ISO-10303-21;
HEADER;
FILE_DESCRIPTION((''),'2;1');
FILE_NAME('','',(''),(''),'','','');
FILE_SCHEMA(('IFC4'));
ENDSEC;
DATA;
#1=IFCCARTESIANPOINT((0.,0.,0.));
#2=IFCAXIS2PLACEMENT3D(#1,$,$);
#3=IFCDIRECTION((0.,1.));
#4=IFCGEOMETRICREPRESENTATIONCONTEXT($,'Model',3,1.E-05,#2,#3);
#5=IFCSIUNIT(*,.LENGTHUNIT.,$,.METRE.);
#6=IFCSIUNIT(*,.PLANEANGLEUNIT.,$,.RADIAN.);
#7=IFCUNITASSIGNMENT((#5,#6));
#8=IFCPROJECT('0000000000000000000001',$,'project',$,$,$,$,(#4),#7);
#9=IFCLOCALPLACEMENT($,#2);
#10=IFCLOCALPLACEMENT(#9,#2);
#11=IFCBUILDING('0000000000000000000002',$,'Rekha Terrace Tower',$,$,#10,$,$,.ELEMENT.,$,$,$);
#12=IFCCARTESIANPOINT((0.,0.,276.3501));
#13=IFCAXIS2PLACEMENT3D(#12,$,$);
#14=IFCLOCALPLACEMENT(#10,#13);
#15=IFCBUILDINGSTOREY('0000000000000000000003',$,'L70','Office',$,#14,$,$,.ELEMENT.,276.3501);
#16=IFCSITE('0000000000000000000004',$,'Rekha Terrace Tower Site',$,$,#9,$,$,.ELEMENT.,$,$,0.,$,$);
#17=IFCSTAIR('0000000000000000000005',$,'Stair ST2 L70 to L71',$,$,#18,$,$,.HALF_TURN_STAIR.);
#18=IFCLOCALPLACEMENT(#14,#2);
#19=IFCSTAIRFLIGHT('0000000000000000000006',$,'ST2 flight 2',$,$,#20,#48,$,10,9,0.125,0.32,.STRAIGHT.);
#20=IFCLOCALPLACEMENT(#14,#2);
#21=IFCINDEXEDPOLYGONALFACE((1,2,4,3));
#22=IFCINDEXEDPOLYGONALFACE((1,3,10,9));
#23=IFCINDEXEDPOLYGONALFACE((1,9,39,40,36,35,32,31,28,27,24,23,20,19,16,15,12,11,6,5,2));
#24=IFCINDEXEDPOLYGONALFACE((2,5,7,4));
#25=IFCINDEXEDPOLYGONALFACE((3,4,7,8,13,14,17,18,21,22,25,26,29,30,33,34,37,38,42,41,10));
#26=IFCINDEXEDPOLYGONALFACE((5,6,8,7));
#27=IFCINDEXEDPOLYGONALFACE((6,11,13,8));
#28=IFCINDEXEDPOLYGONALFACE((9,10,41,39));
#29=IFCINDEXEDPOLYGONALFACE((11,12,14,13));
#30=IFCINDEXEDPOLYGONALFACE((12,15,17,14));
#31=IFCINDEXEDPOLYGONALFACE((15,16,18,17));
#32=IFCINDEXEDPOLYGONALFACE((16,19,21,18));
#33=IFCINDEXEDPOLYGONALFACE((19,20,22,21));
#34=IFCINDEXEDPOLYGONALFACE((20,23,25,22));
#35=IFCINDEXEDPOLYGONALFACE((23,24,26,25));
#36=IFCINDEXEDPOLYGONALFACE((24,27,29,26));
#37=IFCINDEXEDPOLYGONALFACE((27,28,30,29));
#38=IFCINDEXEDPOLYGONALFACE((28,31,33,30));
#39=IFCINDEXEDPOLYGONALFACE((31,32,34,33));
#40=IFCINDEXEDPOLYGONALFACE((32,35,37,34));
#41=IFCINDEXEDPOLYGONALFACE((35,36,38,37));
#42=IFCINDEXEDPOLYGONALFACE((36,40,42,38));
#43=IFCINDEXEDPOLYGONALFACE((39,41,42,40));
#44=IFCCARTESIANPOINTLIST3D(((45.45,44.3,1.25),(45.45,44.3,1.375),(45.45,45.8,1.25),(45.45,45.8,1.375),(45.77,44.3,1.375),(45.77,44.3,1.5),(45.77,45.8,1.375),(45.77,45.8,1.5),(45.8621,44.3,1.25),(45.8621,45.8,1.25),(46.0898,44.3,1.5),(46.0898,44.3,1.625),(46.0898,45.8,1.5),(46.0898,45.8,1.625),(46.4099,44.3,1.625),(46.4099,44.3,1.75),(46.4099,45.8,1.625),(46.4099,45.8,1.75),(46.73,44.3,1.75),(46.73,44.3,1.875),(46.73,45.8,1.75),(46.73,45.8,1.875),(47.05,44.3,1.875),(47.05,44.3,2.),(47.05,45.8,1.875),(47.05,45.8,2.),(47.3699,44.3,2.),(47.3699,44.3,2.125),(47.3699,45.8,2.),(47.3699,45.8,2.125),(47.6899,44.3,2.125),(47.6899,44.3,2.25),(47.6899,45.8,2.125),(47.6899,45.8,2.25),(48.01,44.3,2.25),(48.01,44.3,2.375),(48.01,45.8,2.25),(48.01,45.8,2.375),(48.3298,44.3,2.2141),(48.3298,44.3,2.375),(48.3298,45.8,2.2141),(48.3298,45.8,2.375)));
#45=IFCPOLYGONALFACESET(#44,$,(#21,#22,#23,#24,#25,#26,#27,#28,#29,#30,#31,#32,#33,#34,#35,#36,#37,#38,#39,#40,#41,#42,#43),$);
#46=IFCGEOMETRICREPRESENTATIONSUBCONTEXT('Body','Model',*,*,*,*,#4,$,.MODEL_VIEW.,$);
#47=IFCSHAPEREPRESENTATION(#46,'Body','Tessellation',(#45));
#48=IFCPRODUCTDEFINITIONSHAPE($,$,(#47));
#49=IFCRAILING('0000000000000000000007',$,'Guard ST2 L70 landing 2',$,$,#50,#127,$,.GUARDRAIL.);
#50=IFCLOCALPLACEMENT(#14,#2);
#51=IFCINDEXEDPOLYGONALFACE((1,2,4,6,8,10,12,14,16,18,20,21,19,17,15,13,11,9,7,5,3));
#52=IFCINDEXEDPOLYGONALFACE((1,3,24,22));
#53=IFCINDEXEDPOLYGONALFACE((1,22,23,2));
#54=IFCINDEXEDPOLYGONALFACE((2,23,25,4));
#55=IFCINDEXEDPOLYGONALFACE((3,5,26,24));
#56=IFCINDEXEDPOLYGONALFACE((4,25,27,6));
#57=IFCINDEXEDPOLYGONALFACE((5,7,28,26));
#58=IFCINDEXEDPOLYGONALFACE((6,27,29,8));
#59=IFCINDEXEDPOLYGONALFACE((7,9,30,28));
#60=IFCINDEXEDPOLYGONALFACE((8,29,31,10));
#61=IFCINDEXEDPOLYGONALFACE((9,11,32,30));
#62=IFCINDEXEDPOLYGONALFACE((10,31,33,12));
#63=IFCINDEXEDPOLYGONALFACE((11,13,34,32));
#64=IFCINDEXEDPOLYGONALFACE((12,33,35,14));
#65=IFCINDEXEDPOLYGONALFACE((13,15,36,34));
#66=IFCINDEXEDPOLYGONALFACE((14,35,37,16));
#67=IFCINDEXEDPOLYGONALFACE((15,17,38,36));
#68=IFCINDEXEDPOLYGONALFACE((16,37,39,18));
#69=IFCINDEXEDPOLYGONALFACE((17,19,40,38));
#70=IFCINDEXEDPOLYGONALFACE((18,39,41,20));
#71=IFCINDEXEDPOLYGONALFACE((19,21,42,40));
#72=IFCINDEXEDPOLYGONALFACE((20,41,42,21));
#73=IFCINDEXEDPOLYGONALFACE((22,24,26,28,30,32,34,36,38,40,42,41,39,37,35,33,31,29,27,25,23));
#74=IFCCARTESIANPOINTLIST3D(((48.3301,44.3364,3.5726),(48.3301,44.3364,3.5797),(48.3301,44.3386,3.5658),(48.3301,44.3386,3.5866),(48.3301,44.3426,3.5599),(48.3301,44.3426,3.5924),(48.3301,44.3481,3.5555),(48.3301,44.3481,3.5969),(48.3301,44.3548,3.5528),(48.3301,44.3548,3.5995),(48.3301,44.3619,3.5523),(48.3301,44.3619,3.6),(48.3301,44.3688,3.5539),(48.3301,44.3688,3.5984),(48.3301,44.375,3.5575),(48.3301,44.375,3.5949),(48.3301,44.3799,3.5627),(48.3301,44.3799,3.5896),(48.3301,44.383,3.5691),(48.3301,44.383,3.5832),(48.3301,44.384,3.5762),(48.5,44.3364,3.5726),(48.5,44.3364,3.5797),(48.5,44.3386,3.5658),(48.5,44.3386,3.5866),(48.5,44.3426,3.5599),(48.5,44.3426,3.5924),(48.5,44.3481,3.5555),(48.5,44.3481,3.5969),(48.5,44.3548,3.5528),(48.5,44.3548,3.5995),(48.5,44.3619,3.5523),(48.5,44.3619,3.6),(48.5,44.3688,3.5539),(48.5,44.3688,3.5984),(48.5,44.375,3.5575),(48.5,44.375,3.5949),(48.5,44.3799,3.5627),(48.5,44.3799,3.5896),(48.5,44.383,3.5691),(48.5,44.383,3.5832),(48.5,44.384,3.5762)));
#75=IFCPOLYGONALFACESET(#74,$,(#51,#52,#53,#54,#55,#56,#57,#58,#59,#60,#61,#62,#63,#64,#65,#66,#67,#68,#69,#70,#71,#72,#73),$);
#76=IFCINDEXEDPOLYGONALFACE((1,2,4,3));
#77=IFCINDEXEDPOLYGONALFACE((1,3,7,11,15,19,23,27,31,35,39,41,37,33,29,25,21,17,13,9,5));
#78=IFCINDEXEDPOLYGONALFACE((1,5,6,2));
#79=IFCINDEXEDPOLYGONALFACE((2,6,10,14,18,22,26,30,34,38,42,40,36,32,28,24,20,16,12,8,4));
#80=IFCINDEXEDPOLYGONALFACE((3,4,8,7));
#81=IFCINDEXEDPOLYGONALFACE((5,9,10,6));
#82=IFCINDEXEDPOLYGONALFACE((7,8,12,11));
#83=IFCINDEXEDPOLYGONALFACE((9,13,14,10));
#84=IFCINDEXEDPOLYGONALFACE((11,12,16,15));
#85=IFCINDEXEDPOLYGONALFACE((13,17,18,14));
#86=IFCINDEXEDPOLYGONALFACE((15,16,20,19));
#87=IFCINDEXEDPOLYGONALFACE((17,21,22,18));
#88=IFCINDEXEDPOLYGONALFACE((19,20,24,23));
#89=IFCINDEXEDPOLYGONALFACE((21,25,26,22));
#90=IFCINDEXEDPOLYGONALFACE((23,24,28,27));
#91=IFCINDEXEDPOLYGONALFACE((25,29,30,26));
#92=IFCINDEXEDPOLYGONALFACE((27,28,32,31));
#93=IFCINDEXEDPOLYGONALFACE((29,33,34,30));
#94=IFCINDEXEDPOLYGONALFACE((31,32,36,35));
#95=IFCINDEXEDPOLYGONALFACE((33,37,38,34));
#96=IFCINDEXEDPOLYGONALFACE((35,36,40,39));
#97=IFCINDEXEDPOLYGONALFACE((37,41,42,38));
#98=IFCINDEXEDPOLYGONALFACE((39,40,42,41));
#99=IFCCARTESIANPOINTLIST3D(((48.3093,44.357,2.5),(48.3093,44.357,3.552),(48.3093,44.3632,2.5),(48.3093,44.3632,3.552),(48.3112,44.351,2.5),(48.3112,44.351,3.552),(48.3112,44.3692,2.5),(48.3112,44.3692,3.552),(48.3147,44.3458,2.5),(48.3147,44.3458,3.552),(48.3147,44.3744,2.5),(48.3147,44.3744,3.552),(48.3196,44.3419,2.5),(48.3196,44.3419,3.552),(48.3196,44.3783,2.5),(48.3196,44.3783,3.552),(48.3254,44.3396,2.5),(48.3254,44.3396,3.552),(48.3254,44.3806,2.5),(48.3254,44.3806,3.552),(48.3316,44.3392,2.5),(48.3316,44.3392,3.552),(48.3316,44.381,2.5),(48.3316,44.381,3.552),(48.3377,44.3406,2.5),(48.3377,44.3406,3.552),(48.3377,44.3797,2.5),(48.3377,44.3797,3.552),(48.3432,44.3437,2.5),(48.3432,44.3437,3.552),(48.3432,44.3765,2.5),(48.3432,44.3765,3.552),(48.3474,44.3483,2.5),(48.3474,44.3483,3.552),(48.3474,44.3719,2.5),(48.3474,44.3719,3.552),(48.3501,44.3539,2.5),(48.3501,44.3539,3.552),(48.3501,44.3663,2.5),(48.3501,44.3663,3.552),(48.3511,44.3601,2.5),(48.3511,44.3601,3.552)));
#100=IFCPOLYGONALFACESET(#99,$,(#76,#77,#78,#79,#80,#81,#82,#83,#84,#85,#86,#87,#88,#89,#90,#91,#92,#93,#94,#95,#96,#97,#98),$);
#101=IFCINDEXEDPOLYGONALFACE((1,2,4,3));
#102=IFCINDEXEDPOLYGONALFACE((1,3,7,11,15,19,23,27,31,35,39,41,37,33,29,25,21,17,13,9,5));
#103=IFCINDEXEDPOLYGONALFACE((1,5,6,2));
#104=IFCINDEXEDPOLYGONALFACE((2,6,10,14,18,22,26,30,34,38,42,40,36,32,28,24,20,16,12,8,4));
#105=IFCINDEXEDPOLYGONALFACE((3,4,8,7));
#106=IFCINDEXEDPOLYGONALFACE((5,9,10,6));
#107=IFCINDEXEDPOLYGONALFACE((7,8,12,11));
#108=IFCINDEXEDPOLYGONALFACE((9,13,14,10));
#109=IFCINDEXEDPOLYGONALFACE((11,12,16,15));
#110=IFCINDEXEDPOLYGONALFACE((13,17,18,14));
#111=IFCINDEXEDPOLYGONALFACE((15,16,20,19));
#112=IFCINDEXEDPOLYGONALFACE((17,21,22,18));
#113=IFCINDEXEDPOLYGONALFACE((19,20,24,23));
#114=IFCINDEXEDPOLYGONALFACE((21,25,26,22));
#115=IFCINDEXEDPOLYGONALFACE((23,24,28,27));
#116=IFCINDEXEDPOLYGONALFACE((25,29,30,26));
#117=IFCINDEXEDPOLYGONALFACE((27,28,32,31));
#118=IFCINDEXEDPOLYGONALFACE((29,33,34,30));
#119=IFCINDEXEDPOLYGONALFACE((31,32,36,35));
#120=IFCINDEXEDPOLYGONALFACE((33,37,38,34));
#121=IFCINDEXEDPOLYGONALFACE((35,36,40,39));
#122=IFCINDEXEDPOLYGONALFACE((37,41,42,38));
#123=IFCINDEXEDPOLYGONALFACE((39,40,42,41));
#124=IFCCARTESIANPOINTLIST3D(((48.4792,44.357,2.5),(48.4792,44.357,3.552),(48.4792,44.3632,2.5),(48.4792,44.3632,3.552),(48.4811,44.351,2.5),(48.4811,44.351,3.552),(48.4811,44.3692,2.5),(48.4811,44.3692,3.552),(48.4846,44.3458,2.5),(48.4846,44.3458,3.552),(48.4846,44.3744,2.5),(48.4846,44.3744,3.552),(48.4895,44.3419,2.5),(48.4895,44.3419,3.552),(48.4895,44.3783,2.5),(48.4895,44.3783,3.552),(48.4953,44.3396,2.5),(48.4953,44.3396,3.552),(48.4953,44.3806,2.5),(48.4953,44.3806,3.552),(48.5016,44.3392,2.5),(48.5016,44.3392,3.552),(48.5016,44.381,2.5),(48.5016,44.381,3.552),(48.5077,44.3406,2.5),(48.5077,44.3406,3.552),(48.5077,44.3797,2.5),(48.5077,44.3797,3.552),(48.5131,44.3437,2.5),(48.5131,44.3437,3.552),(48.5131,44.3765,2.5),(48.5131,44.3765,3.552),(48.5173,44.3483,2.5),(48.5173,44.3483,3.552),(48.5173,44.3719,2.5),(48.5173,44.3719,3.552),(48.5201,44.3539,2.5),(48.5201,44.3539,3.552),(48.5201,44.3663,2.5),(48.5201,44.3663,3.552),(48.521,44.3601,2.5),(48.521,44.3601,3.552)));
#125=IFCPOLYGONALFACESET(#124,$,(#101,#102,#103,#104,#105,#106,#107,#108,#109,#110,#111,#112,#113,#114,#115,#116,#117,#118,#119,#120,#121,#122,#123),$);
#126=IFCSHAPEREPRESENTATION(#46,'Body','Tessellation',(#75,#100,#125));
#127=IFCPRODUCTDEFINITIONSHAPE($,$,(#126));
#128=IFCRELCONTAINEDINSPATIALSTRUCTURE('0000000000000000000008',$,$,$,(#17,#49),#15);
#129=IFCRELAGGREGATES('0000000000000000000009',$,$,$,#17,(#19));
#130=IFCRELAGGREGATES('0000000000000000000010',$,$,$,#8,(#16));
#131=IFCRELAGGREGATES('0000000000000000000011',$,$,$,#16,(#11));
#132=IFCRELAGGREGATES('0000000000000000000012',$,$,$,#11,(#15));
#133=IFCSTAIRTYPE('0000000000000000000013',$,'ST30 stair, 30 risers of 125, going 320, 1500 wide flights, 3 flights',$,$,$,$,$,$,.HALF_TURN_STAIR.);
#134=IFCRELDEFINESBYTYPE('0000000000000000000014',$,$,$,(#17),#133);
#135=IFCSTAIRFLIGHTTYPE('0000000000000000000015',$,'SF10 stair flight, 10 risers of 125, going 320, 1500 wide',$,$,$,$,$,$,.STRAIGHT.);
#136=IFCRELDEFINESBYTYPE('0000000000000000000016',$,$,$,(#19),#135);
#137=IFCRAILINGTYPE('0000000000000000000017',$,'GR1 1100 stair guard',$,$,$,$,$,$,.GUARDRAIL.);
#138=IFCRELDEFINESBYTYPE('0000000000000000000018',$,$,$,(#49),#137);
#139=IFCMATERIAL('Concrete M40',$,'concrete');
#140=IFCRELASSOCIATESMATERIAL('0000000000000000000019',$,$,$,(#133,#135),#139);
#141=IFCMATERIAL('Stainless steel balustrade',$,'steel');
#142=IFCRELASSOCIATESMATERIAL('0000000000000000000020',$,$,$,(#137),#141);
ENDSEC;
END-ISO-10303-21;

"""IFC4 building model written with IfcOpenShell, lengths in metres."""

from ifc_helpers import new_model, si_unit, direction, frame, origin, origin_2d, place, context, subcontext, project, spatial, polyline, circle, outline, extrude, material, type_object, element, aggregate, save


model = new_model("IFC4")

# Units and contexts
model_context = context("Model", 3, precision=1e-05, world=origin(), true_north=direction((0.0, 1.0)))
body_context = subcontext(model_context, "Body", "Model", "MODEL_VIEW")
ifc_project = project(units=[si_unit("LENGTHUNIT", "METRE"), si_unit("PLANEANGLEUNIT", "RADIAN")], contexts=[model_context])

# Site, building, storey
site_placement = place(None, origin())
site = spatial("IfcSite", under=ifc_project, at=site_placement, Name="Rekha Terrace Tower Site", CompositionType="ELEMENT", RefElevation=0.0)
building_placement = place(site_placement, origin())
building = spatial("IfcBuilding", under=site, at=building_placement, Name="Rekha Terrace Tower", CompositionType="ELEMENT")
storey_placement = place(building_placement, frame((0.0, 0.0, 276.3501)))
storey = spatial("IfcBuildingStorey", under=building, at=storey_placement, Name="L70", Description="Office", CompositionType="ELEMENT", Elevation=276.3501)

# Stair, stair flight
ifc_material_1 = material(Name="Concrete M40", Category="concrete")
stair_type = type_object("IfcStairType", Name="ST30 stair, 30 risers of 125, going 320, 1500 wide flights, 3 flights", PredefinedType="HALF_TURN_STAIR", material=ifc_material_1)
stair_placement = place(storey_placement, origin())
stair = element("IfcStair", 1, at=stair_placement, inside=storey, type_object=stair_type, Name="Stair ST2 L70 to L71", PredefinedType="HALF_TURN_STAIR")
stair_flight_type = type_object("IfcStairFlightType", Name="SF10 stair flight, 10 risers of 125, going 320, 1500 wide", PredefinedType="STRAIGHT", material=ifc_material_1)
stair_flight_placement = place(storey_placement, frame((45.45, 45.05, 1.25), z_axis=(0.0, 0.0, 1.0), x_axis=(1.0, 0.0, 0.0)))
stair_flight = element("IfcStairFlight", 2, at=stair_flight_placement, type_object=stair_flight_type, Name="ST2 flight 2", NumberOfRisers=10, NumberOfTreads=9, PredefinedType="STRAIGHT", RiserHeight=0.125, TreadLength=0.32, context=body_context, shape_type="SweptSolid", body=[
    extrude(outline(polyline([(0.0, 0.0), (0.0, 0.125), (0.3201, 0.125), (0.3201, 0.25), (0.6399, 0.25), (0.6399, 0.375), (0.96, 0.375), (0.96, 0.5), (1.28, 0.5), (1.28, 0.625), (1.6001, 0.625), (1.6001, 0.75), (1.9199, 0.75), (1.9199, 0.875), (2.24, 0.875), (2.24, 1.0), (2.5601, 1.0), (2.5601, 1.125), (2.8799, 1.125), (2.8799, 1.25), (2.8799, 0.9641), (0.4121, 0.0), (0.0, 0.0)])), frame((0.0, 0.75, 0.0), z_axis=(0.0, -1.0, 0.0), x_axis=(1.0, 0.0, 0.0)), (0.0, 0.0, 1.0), 1.5),
])
aggregate(stair, [stair_flight])

# Railing
ifc_material_2 = material(Name="Stainless steel balustrade", Category="steel")
railing_type_1 = type_object("IfcRailingType", Name="GR1 1100 stair guard", PredefinedType="GUARDRAIL", material=ifc_material_2)
railing_1_placement = place(storey_placement, frame((48.3301, 44.3601, 2.5)))
element("IfcRailing", 3, at=railing_1_placement, inside=storey, type_object=railing_type_1, Name="Guard ST2 L70 landing 2", PredefinedType="GUARDRAIL", context=body_context, shape_type="SweptSolid", body=[
    extrude(circle(Radius=0.0239, at=origin_2d()), frame((0.0, 0.0, 1.0762), z_axis=(1.0, 0.0, 0.0), x_axis=(0.0, 1.0, 0.0)), (0.0, 0.0, 1.0), 0.1699),
    extrude(circle(Radius=0.021, at=origin_2d()), origin(), (0.0, 0.0, 1.0), 1.052),
    extrude(circle(Radius=0.021, at=origin_2d()), frame((0.1699, 0.0, 0.0)), (0.0, 0.0, 1.0), 1.052),
])

save(model, "model.ifc")
